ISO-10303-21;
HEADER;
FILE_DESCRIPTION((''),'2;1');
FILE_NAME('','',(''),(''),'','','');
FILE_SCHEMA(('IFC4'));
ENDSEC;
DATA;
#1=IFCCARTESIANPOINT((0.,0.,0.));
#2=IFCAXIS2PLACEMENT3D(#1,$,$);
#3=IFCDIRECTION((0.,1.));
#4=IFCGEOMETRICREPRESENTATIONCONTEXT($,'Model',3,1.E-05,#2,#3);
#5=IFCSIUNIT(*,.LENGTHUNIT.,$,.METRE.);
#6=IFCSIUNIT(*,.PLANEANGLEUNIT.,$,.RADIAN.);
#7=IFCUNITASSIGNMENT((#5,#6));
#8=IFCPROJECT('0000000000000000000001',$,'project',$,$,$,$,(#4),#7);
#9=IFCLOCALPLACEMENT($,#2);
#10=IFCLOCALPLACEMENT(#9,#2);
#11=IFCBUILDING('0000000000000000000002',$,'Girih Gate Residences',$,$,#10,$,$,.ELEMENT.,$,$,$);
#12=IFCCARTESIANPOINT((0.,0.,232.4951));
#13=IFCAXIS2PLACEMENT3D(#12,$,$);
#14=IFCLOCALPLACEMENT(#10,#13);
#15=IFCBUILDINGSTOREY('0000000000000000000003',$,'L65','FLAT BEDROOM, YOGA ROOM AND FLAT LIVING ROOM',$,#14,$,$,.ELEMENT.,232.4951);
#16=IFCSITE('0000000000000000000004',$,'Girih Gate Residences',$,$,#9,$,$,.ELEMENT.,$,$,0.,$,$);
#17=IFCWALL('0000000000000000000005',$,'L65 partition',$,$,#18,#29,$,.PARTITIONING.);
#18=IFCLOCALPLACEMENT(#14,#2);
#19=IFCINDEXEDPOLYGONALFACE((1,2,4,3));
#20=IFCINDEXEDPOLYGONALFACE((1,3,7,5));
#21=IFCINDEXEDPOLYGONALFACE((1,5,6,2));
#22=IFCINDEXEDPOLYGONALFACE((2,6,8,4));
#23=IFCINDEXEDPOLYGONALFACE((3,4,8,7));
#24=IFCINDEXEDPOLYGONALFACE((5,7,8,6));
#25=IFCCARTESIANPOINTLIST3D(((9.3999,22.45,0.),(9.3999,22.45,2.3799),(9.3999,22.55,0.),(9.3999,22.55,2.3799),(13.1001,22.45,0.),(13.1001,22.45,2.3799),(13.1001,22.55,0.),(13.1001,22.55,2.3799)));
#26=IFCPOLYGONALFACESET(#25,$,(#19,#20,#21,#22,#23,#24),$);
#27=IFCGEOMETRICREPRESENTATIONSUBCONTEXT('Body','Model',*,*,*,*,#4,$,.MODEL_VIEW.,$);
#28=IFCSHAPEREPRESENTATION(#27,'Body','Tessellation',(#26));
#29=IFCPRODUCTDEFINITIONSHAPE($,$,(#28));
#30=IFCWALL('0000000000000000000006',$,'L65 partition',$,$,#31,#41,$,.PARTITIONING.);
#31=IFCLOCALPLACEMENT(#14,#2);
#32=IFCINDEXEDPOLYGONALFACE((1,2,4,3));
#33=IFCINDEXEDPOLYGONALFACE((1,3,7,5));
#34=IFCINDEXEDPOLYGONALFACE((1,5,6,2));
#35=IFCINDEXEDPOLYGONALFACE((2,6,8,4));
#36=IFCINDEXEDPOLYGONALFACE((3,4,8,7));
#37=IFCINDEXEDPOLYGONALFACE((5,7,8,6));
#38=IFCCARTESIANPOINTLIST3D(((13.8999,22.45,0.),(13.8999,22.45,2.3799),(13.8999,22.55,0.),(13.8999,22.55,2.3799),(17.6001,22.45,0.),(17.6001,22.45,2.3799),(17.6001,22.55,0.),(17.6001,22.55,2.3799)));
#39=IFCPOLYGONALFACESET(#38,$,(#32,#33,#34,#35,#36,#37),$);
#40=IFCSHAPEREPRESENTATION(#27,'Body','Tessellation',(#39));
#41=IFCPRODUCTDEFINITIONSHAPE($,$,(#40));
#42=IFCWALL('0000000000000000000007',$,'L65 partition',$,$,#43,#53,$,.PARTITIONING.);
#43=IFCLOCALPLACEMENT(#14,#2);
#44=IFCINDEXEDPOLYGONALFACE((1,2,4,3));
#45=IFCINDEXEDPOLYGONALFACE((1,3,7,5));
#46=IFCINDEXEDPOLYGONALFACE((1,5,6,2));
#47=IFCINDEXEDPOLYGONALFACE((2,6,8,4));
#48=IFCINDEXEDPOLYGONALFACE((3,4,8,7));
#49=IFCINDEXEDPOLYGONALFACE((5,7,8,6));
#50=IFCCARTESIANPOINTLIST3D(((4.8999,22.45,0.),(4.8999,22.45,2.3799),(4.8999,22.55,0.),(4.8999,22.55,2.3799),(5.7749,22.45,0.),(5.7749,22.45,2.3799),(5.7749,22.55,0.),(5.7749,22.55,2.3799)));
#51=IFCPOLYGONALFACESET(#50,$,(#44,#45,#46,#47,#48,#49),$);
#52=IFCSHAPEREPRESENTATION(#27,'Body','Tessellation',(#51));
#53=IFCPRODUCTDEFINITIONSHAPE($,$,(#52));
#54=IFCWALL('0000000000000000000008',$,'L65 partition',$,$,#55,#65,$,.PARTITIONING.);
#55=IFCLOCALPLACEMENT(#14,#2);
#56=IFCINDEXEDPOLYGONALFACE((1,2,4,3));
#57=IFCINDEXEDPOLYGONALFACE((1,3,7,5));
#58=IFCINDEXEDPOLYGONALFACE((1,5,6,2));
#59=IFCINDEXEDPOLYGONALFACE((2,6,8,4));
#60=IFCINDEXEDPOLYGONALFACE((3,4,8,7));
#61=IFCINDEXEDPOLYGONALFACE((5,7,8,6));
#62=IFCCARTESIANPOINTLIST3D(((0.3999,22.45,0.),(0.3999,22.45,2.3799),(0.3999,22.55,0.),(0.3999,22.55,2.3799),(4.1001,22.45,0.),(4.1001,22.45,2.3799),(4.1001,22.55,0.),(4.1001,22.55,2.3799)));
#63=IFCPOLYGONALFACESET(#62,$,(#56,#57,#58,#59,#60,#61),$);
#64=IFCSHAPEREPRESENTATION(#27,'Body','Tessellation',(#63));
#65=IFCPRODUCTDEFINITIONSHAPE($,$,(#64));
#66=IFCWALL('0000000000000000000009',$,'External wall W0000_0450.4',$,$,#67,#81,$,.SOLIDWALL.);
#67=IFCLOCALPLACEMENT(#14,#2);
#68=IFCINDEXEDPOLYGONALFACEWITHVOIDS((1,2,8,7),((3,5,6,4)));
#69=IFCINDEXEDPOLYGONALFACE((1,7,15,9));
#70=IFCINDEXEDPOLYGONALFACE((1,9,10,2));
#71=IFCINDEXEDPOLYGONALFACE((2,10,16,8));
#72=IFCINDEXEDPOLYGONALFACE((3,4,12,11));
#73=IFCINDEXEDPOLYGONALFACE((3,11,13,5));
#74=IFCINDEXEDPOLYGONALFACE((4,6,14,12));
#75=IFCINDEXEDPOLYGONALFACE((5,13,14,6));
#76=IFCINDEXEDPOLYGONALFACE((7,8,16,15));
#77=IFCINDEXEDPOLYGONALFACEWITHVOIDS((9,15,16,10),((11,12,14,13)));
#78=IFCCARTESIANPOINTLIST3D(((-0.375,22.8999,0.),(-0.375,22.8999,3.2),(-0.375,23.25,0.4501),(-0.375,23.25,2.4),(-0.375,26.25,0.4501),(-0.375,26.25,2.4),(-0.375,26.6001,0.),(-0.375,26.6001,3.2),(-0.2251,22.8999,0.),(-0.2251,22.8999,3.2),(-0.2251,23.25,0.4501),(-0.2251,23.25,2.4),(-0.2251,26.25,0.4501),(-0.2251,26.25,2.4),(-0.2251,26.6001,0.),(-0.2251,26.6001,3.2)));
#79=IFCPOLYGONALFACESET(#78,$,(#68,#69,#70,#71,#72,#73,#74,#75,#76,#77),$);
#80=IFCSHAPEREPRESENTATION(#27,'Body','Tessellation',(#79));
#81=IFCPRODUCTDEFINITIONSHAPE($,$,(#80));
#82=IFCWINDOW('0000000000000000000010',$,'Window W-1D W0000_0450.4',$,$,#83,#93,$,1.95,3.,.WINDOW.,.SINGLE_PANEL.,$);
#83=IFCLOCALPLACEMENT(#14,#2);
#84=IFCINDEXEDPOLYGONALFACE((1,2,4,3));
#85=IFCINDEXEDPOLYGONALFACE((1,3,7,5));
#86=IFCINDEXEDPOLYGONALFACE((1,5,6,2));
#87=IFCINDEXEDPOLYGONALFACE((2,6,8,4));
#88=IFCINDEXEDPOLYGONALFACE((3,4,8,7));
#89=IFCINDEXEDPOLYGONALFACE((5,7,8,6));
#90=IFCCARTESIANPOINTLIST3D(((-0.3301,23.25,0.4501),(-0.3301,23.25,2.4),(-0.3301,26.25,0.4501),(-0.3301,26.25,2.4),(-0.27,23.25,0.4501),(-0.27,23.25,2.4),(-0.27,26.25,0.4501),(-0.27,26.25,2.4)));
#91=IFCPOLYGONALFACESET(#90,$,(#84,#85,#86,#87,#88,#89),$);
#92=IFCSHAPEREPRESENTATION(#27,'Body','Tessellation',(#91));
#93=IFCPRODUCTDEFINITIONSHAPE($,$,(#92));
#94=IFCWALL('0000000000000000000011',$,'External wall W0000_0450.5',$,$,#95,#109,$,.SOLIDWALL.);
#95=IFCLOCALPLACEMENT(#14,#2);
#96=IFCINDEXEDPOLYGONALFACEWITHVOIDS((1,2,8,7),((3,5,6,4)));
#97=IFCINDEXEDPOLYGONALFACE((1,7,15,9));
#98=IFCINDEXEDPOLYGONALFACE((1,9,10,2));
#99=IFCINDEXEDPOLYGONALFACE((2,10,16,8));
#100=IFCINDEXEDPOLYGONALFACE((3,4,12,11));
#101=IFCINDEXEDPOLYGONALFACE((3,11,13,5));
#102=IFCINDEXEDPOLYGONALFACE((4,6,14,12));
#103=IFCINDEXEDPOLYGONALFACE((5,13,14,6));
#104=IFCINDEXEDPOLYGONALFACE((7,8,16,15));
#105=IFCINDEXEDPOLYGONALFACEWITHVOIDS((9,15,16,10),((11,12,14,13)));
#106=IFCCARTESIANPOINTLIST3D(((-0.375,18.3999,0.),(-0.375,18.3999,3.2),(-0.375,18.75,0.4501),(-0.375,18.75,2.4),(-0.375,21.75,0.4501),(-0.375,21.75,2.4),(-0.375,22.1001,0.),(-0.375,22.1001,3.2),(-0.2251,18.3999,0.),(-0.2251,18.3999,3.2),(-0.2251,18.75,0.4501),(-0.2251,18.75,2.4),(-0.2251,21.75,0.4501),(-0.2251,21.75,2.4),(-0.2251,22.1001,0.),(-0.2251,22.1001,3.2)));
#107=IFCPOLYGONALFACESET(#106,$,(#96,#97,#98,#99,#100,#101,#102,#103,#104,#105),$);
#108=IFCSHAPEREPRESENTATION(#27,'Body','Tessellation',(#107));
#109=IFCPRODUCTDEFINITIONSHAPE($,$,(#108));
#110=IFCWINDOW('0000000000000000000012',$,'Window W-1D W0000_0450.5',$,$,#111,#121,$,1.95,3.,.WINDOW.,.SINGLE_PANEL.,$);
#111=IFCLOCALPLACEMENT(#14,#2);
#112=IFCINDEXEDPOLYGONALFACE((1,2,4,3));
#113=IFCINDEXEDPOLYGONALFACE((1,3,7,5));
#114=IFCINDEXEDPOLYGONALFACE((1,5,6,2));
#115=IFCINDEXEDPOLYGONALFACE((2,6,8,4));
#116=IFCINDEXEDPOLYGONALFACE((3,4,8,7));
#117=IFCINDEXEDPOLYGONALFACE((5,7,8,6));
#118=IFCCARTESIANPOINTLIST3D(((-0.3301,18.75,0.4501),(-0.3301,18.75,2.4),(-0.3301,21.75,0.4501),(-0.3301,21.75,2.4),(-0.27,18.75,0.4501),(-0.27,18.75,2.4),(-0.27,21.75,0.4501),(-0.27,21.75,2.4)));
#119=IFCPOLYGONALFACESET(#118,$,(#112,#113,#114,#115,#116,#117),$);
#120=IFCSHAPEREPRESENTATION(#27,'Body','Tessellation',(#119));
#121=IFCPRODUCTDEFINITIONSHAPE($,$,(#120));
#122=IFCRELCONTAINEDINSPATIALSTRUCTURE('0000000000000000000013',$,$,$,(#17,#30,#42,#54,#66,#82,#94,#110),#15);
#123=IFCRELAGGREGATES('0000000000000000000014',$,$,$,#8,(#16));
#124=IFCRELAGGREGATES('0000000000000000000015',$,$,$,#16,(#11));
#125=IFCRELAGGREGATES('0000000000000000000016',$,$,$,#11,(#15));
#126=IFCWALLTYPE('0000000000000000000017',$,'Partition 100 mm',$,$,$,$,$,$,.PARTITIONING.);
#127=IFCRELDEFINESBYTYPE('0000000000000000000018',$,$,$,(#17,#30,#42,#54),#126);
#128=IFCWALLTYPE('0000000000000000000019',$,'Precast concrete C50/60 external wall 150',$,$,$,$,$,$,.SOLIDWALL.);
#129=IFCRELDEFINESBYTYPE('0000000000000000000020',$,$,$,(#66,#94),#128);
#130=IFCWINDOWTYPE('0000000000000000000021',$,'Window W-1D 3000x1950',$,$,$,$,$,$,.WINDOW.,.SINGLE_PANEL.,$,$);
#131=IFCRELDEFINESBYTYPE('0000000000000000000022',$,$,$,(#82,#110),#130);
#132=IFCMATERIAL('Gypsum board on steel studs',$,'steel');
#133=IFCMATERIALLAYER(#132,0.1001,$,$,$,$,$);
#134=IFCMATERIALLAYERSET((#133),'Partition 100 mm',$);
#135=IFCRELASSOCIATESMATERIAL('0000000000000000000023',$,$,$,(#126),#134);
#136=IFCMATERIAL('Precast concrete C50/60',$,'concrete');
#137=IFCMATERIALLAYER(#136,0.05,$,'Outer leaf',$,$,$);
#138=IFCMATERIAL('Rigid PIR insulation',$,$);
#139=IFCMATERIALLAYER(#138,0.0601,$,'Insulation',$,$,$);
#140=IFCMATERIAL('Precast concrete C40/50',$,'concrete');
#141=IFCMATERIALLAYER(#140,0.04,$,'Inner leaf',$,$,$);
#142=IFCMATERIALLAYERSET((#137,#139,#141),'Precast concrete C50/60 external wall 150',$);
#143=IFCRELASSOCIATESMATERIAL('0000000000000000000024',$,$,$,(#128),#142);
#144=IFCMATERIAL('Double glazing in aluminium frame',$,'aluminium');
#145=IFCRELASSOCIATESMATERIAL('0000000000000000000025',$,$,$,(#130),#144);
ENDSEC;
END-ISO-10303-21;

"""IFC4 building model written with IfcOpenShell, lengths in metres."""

from ifc_helpers import new_model, si_unit, direction, frame, frame_2d, origin, place, context, subcontext, project, spatial, rectangle, extrude, material, layer, layer_set, type_object, element, fill, save


model = new_model("IFC4")

# Units and contexts
model_context = context("Model", 3, precision=1e-05, world=origin(), true_north=direction((0.0, 1.0)))
body_context = subcontext(model_context, "Body", "Model", "MODEL_VIEW")
ifc_project = project(units=[si_unit("LENGTHUNIT", "METRE"), si_unit("PLANEANGLEUNIT", "RADIAN")], contexts=[model_context])

# Site, building, storey
site_placement = place(None, origin())
site = spatial("IfcSite", under=ifc_project, at=site_placement, Name="Girih Gate Residences", CompositionType="ELEMENT", RefElevation=0.0)
building_placement = place(site_placement, origin())
building = spatial("IfcBuilding", under=site, at=building_placement, Name="Girih Gate Residences", CompositionType="ELEMENT")
storey_placement = place(building_placement, frame((0.0, 0.0, 232.4951)))
storey = spatial("IfcBuildingStorey", under=building, at=storey_placement, Name="L65", Description="FLAT BEDROOM, YOGA ROOM AND FLAT LIVING ROOM", CompositionType="ELEMENT", Elevation=232.4951)

# Shared definitions
ifc_material_1 = material(Name="Gypsum board on steel studs", Category="steel")

# Walls
ifc_layer_1 = layer(ifc_material_1, 0.1001)
ifc_layer_set_1 = layer_set([ifc_layer_1], Name="Partition 100 mm")
wall_type_1 = type_object("IfcWallType", Name="Partition 100 mm", PredefinedType="PARTITIONING", material=ifc_layer_set_1)
for number, where, z_axis, x_axis, name in (
    (1, (9.3999, 22.5, 0.0), (0.0, 0.0, 1.0), (1.0, 0.0, 0.0), "L65 partition"),
    (2, (13.8999, 22.5, 0.0), (0.0, 0.0, 1.0), (1.0, 0.0, 0.0), "L65 partition"),
):
    element("IfcWall", number, at=place(storey_placement, frame(where, z_axis=z_axis, x_axis=x_axis)), inside=storey, type_object=wall_type_1, Name=name, PredefinedType="PARTITIONING", context=body_context, shape_type="SweptSolid", body=[
        extrude(rectangle(XDim=3.7002, YDim=0.1001, at=frame_2d((1.8501, 0.0))), origin(), (0.0, 0.0, 1.0), 2.3799),
    ])
wall_1_placement = place(storey_placement, frame((4.8999, 22.5, 0.0), z_axis=(0.0, 0.0, 1.0), x_axis=(1.0, 0.0, 0.0)))
element("IfcWall", 3, at=wall_1_placement, inside=storey, type_object=wall_type_1, Name="L65 partition", PredefinedType="PARTITIONING", context=body_context, shape_type="SweptSolid", body=[
    extrude(rectangle(XDim=0.875, YDim=0.1001, at=frame_2d((0.4375, 0.0))), origin(), (0.0, 0.0, 1.0), 2.3799),
])
wall_2_placement = place(storey_placement, frame((0.3999, 22.5, 0.0), z_axis=(0.0, 0.0, 1.0), x_axis=(1.0, 0.0, 0.0)))
element("IfcWall", 4, at=wall_2_placement, inside=storey, type_object=wall_type_1, Name="L65 partition", PredefinedType="PARTITIONING", context=body_context, shape_type="SweptSolid", body=[
    extrude(rectangle(XDim=3.7002, YDim=0.1001, at=frame_2d((1.8501, 0.0))), origin(), (0.0, 0.0, 1.0), 2.3799),
])

# Walls, openings, windows
ifc_material_2 = material(Name="Precast concrete C50/60", Category="concrete")
ifc_layer_2 = layer(ifc_material_2, 0.05, Name="Outer leaf")
ifc_material_3 = material(Name="Rigid PIR insulation")
ifc_layer_3 = layer(ifc_material_3, 0.0601, Name="Insulation")
ifc_material_4 = material(Name="Precast concrete C40/50", Category="concrete")
ifc_layer_4 = layer(ifc_material_4, 0.04, Name="Inner leaf")
ifc_layer_set_2 = layer_set([ifc_layer_2, ifc_layer_3, ifc_layer_4], Name="Precast concrete C50/60 external wall 150")
wall_type_2 = type_object("IfcWallType", Name="Precast concrete C50/60 external wall 150", PredefinedType="SOLIDWALL", material=ifc_layer_set_2)
wall_3_placement = place(storey_placement, frame((-0.3, 22.8999, 0.0), z_axis=(0.0, 0.0, 1.0), x_axis=(0.0, 1.0, 0.0)))
wall_3 = element("IfcWall", 5, at=wall_3_placement, inside=storey, type_object=wall_type_2, Name="External wall W0000_0450.4", PredefinedType="SOLIDWALL", context=body_context, shape_type="SweptSolid", body=[
    extrude(rectangle(XDim=3.7002, YDim=0.1499, at=frame_2d((1.8501, 0.0))), origin(), (0.0, 0.0, 1.0), 3.2),
])
opening_1_placement = place(wall_3_placement, frame((0.3501, 0.0, 0.45)))
opening_1 = element("IfcOpeningElement", 6, at=opening_1_placement, cuts=wall_3, PredefinedType="OPENING", context=body_context, shape_type="SweptSolid", body=[
    extrude(rectangle(XDim=3.0, YDim=1.95, at=frame_2d((1.5, 0.9751))), frame((0.0, 0.085, 0.0), z_axis=(0.0, -1.0, 0.0), x_axis=(1.0, 0.0, 0.0)), (0.0, 0.0, 1.0), 0.1699),
])
ifc_material_5 = material(Name="Double glazing in aluminium frame", Category="aluminium")
window_type = type_object("IfcWindowType", Name="Window W-1D 3000x1950", PartitioningType="SINGLE_PANEL", PredefinedType="WINDOW", material=ifc_material_5)
window_1_placement = place(opening_1_placement, origin())
window_1 = element("IfcWindow", 7, at=window_1_placement, inside=storey, type_object=window_type, Name="Window W-1D W0000_0450.4", OverallHeight=1.95, OverallWidth=3.0, PartitioningType="SINGLE_PANEL", PredefinedType="WINDOW", context=body_context, shape_type="SweptSolid", body=[
    extrude(rectangle(XDim=3.0, YDim=1.95, at=frame_2d((1.5, 0.9751))), frame((0.0, 0.03, 0.0), z_axis=(0.0, -1.0, 0.0), x_axis=(1.0, 0.0, 0.0)), (0.0, 0.0, 1.0), 0.0601),
])
fill(opening_1, window_1)
wall_4_placement = place(storey_placement, frame((-0.3, 18.3999, 0.0), z_axis=(0.0, 0.0, 1.0), x_axis=(0.0, 1.0, 0.0)))
wall_4 = element("IfcWall", 8, at=wall_4_placement, inside=storey, type_object=wall_type_2, Name="External wall W0000_0450.5", PredefinedType="SOLIDWALL", context=body_context, shape_type="SweptSolid", body=[
    extrude(rectangle(XDim=3.7002, YDim=0.1499, at=frame_2d((1.8501, 0.0))), origin(), (0.0, 0.0, 1.0), 3.2),
])
opening_2_placement = place(wall_4_placement, frame((0.3501, 0.0, 0.45)))
opening_2 = element("IfcOpeningElement", 9, at=opening_2_placement, cuts=wall_4, PredefinedType="OPENING", context=body_context, shape_type="SweptSolid", body=[
    extrude(rectangle(XDim=3.0, YDim=1.95, at=frame_2d((1.5, 0.9751))), frame((0.0, 0.085, 0.0), z_axis=(0.0, -1.0, 0.0), x_axis=(1.0, 0.0, 0.0)), (0.0, 0.0, 1.0), 0.1699),
])
window_2_placement = place(opening_2_placement, origin())
window_2 = element("IfcWindow", 10, at=window_2_placement, inside=storey, type_object=window_type, Name="Window W-1D W0000_0450.5", OverallHeight=1.95, OverallWidth=3.0, PartitioningType="SINGLE_PANEL", PredefinedType="WINDOW", context=body_context, shape_type="SweptSolid", body=[
    extrude(rectangle(XDim=3.0, YDim=1.95, at=frame_2d((1.5, 0.9751))), frame((0.0, 0.03, 0.0), z_axis=(0.0, -1.0, 0.0), x_axis=(1.0, 0.0, 0.0)), (0.0, 0.0, 1.0), 0.0601),
])
fill(opening_2, window_2)

save(model, "model.ifc")
